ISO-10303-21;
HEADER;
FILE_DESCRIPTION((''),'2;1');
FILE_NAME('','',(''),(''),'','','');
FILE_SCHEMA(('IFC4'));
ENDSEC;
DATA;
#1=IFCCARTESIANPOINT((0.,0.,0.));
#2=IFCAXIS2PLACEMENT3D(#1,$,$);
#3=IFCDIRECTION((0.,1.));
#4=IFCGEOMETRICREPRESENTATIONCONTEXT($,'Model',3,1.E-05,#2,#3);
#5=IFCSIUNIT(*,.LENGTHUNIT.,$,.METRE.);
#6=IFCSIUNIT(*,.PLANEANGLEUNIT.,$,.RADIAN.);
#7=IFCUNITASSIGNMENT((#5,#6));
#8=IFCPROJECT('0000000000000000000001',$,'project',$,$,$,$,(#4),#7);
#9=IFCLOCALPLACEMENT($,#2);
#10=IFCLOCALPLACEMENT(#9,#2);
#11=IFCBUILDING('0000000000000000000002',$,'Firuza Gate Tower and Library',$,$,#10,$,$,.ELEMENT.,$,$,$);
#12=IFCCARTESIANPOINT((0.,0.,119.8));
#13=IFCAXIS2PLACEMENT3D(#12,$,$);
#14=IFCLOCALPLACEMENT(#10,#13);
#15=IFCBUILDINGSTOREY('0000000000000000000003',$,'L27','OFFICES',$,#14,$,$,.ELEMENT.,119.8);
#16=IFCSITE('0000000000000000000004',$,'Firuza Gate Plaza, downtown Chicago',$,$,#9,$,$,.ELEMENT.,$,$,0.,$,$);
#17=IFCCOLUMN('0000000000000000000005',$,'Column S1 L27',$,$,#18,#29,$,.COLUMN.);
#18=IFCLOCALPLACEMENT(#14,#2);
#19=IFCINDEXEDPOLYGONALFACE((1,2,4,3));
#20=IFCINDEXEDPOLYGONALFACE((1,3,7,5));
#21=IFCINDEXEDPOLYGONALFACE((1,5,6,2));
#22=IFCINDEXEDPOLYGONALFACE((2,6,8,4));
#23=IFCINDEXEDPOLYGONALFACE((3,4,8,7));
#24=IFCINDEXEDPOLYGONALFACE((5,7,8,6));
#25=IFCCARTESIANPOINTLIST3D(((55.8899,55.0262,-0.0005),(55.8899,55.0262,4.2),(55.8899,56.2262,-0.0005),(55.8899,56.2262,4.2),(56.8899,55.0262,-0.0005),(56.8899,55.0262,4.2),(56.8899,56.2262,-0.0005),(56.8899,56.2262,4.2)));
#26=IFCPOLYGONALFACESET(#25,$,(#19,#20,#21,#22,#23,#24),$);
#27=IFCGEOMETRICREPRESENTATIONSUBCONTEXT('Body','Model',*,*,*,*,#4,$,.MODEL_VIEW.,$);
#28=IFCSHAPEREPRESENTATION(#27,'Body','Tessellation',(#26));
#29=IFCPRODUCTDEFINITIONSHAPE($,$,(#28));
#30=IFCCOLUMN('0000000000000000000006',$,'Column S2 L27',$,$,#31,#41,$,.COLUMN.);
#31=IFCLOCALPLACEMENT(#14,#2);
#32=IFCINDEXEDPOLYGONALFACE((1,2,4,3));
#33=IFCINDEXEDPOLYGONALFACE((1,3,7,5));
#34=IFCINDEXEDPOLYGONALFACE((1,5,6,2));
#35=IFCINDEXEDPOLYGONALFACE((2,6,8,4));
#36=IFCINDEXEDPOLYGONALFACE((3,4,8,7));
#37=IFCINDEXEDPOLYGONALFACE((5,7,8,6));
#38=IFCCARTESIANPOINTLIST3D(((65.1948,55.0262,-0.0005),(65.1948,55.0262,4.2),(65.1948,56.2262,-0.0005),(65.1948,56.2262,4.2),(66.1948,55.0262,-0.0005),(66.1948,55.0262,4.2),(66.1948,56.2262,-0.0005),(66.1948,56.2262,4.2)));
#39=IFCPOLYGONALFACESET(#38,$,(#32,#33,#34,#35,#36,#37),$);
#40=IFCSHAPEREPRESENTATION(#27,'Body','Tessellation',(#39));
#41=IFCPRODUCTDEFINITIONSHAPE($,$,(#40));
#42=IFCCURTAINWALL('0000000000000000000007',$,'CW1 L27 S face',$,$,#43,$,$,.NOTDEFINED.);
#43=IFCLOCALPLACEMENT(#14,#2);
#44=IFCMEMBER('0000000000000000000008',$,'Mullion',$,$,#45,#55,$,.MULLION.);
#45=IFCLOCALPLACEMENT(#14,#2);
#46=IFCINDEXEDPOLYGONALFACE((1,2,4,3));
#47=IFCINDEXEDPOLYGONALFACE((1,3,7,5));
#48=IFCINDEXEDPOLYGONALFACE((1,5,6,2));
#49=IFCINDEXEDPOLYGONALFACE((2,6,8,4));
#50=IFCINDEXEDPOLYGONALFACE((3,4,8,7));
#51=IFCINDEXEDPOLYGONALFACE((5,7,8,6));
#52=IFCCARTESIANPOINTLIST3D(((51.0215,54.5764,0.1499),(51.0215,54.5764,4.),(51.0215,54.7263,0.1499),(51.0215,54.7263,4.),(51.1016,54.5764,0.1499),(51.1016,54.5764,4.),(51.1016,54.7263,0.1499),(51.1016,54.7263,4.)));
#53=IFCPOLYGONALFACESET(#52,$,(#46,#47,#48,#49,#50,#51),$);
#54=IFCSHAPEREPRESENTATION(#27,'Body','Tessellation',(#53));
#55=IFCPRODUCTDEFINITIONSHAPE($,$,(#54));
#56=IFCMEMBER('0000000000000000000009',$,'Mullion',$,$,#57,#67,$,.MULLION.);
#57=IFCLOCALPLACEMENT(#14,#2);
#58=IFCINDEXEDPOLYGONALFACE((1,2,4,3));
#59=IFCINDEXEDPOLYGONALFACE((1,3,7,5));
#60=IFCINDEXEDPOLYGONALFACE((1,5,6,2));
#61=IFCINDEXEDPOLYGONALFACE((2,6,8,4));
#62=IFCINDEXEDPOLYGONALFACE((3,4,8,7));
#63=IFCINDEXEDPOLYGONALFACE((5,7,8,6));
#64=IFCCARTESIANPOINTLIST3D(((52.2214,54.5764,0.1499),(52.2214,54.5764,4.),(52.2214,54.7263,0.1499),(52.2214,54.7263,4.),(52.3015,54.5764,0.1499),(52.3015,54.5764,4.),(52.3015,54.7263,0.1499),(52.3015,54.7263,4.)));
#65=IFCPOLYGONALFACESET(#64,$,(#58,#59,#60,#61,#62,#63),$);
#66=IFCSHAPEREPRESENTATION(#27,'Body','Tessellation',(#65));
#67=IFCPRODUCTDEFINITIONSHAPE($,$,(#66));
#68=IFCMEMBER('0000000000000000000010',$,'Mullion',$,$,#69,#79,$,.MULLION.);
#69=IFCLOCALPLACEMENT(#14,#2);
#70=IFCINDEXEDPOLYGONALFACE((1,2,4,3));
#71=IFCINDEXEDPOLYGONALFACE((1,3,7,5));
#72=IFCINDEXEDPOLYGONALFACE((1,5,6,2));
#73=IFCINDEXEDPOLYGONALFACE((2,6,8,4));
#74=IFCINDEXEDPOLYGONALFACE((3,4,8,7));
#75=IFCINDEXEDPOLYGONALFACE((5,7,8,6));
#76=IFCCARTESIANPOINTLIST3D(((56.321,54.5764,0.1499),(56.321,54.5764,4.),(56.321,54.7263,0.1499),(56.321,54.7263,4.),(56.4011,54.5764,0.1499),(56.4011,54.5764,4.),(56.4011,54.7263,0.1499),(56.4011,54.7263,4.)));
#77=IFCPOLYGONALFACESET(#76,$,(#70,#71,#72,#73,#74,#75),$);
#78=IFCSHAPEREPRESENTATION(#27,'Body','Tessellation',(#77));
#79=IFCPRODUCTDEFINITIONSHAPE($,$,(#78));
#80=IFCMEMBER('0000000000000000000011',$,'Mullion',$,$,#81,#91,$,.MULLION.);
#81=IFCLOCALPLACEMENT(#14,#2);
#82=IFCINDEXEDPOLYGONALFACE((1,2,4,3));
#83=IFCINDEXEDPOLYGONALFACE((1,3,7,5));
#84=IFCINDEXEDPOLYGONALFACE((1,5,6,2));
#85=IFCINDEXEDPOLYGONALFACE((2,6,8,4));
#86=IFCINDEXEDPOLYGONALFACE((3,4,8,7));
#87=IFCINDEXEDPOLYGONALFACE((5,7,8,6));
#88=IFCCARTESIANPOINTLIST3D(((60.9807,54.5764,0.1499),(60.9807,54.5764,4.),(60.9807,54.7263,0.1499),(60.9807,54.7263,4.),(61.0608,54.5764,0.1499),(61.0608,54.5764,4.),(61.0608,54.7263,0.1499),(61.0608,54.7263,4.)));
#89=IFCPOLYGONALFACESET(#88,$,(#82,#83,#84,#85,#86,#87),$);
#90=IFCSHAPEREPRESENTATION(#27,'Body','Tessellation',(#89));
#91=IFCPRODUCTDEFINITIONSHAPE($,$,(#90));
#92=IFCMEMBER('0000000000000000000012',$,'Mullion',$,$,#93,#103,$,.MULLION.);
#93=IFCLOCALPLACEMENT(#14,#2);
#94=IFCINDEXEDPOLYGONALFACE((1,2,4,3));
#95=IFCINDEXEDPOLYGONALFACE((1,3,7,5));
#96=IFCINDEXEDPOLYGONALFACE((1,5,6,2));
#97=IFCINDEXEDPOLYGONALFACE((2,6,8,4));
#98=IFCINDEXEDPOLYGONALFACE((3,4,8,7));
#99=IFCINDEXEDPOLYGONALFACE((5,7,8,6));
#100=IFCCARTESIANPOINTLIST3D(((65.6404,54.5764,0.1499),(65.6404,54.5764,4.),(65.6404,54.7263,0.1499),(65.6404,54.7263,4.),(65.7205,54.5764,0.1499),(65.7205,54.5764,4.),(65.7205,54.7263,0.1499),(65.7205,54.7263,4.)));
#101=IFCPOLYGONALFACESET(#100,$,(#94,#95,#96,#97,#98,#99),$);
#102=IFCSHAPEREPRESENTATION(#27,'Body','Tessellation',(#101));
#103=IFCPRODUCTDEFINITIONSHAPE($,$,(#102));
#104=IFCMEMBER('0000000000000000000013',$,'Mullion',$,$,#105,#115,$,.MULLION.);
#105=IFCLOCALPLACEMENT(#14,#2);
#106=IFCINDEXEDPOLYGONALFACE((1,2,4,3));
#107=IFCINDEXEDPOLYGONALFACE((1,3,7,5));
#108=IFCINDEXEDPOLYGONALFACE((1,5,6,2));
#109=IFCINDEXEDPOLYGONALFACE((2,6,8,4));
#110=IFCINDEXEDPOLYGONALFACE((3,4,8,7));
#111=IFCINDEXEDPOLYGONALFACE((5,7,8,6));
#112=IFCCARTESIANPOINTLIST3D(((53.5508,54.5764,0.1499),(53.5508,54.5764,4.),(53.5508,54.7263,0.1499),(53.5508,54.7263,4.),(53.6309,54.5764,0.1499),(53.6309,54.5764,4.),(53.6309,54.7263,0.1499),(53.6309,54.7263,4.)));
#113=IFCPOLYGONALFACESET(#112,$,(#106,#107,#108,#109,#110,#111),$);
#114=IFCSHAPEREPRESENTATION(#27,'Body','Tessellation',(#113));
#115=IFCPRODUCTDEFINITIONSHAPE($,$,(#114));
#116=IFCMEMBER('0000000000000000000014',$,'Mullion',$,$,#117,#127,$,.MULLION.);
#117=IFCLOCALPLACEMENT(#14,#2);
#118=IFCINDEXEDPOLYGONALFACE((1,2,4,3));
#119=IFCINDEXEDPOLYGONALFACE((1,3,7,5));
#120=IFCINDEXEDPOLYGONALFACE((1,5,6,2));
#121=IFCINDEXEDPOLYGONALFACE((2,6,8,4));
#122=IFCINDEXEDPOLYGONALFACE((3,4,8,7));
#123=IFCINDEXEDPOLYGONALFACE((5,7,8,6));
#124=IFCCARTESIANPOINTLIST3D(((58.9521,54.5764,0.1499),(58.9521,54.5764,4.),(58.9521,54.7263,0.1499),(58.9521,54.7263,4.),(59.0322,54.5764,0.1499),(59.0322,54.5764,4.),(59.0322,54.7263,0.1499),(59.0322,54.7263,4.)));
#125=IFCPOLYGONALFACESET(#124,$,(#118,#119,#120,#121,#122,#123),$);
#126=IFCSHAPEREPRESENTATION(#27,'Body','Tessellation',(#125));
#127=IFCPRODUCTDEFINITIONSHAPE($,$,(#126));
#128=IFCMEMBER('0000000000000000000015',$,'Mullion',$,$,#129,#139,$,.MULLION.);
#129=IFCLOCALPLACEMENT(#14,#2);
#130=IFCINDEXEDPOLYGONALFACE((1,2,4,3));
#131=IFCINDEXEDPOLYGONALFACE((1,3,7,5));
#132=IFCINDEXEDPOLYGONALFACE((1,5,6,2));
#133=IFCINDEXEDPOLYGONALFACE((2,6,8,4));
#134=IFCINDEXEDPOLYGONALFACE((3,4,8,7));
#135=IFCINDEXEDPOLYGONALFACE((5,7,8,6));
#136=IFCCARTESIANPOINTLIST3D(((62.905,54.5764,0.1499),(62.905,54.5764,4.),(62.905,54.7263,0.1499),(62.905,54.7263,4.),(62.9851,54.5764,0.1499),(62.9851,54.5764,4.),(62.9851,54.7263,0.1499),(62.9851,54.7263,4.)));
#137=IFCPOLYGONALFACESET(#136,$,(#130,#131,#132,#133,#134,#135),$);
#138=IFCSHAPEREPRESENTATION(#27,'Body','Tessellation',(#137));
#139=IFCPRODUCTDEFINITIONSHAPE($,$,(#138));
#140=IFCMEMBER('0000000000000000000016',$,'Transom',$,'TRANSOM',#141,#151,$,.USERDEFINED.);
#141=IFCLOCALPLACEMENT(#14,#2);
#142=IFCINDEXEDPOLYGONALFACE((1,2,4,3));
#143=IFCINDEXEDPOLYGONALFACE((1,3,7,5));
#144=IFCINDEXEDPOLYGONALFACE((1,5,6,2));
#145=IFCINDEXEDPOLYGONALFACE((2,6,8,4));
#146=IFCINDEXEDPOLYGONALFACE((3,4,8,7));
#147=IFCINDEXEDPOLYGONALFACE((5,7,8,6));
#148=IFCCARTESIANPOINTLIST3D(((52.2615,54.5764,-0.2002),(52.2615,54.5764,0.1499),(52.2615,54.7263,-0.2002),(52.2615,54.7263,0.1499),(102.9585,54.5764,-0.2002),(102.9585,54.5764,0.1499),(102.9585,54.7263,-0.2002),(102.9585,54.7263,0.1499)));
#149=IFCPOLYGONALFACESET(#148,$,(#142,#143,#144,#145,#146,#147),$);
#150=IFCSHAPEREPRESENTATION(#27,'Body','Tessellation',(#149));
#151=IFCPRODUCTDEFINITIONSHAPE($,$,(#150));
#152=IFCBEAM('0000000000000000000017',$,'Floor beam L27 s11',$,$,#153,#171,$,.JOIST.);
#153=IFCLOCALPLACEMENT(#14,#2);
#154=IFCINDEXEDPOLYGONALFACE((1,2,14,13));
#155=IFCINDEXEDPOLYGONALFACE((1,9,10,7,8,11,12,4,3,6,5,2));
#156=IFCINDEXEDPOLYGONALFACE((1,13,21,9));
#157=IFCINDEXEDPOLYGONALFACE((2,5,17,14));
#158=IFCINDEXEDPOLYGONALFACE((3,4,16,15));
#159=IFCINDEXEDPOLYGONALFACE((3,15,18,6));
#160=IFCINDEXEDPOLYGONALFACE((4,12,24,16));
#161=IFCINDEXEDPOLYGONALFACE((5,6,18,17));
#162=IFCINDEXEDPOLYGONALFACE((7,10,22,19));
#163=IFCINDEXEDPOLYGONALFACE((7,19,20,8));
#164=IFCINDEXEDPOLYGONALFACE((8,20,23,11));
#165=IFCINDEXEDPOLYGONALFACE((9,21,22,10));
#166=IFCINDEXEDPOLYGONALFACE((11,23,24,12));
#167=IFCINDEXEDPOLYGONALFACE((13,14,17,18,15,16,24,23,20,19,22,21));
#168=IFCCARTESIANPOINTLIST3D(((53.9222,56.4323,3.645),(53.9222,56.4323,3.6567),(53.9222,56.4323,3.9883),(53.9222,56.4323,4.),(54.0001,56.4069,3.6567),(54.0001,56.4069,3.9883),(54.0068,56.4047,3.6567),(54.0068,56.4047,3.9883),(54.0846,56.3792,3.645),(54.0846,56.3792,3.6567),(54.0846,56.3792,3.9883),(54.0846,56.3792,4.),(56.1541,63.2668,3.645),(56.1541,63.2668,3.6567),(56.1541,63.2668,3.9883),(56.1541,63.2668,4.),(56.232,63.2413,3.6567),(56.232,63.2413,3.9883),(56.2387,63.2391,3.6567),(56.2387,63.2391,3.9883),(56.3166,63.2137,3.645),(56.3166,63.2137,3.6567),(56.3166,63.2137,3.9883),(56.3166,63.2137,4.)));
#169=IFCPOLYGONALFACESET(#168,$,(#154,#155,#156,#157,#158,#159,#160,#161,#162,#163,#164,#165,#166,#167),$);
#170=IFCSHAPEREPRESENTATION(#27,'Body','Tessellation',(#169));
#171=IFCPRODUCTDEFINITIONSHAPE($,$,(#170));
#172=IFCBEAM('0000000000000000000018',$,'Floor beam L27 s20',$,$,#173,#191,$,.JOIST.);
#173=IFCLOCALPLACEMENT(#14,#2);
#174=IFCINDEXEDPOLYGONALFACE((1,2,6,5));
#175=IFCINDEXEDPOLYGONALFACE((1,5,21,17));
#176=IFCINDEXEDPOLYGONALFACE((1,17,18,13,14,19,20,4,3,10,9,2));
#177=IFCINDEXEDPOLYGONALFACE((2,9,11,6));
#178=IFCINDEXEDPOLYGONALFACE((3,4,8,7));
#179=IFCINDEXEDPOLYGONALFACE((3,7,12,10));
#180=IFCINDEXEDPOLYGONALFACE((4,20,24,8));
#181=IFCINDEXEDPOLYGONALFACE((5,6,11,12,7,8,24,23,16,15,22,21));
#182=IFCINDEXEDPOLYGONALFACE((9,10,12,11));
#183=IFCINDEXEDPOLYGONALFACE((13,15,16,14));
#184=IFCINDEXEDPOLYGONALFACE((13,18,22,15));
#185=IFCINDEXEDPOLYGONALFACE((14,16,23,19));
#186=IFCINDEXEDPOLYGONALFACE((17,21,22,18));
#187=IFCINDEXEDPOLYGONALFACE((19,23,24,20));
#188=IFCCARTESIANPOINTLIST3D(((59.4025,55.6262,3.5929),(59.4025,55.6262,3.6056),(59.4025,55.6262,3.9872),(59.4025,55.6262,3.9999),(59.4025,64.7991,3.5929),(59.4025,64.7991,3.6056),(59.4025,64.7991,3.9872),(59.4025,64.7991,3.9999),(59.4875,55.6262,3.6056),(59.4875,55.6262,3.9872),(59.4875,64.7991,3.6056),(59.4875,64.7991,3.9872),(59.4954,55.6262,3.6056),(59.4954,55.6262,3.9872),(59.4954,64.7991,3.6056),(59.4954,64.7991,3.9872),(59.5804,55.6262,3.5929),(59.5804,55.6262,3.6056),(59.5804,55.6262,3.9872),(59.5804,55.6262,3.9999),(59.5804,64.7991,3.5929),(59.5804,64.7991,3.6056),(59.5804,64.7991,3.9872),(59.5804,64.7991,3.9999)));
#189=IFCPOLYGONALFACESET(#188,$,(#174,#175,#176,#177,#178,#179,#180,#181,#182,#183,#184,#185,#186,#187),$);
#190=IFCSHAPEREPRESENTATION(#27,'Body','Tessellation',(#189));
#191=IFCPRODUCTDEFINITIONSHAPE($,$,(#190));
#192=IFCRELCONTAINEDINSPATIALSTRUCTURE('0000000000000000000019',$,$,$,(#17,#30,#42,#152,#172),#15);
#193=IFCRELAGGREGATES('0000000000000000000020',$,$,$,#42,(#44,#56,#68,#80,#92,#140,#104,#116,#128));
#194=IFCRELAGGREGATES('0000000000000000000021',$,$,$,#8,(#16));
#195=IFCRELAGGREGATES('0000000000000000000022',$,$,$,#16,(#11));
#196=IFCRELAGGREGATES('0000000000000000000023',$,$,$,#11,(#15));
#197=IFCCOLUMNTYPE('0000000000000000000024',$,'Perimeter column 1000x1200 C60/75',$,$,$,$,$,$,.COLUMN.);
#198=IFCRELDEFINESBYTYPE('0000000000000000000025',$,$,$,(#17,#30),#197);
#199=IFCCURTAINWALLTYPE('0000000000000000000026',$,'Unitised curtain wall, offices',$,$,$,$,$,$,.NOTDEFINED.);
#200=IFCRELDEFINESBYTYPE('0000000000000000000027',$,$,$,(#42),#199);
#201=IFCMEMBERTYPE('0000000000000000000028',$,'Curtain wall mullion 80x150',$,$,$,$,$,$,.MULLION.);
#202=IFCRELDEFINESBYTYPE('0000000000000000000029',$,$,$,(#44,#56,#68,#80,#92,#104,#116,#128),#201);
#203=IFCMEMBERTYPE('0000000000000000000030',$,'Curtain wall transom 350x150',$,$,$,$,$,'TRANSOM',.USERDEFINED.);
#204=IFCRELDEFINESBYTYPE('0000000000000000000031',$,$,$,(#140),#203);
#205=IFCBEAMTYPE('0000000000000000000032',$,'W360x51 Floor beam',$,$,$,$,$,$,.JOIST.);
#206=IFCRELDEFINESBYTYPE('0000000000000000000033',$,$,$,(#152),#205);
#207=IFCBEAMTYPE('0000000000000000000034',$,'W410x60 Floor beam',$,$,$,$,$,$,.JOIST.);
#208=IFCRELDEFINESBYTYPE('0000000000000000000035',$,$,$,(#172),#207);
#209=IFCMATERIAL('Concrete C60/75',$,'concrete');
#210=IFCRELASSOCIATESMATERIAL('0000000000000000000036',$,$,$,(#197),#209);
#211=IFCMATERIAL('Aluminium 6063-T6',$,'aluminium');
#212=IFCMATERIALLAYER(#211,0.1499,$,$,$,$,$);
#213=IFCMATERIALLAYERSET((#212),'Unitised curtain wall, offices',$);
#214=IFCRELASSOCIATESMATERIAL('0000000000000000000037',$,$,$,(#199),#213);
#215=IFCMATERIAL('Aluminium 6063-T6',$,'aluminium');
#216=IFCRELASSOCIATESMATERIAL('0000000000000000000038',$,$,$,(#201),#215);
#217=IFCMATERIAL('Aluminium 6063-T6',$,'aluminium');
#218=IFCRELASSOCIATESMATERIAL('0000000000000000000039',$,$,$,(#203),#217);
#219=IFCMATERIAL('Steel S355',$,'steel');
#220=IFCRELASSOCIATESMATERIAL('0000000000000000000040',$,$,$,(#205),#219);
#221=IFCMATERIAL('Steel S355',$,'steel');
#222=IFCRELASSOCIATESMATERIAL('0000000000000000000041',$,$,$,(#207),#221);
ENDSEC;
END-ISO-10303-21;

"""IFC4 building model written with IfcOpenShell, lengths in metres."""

from ifc_helpers import new_model, si_unit, direction, frame, origin, origin_2d, place, context, subcontext, project, spatial, rectangle, i_section, extrude, material, layer, layer_set, material_profile, profile_set, type_object, element, aggregate, save


model = new_model("IFC4")

# Units and contexts
model_context = context("Model", 3, precision=1e-05, world=origin(), true_north=direction((0.0, 1.0)))
body_context = subcontext(model_context, "Body", "Model", "MODEL_VIEW")
ifc_project = project(units=[si_unit("LENGTHUNIT", "METRE"), si_unit("PLANEANGLEUNIT", "RADIAN")], contexts=[model_context])

# Site, building, storey
site_placement = place(None, origin())
site = spatial("IfcSite", under=ifc_project, at=site_placement, Name="Firuza Gate Plaza, downtown Chicago", CompositionType="ELEMENT", RefElevation=0.0)
building_placement = place(site_placement, origin())
building = spatial("IfcBuilding", under=site, at=building_placement, Name="Firuza Gate Tower and Library", CompositionType="ELEMENT")
storey_placement = place(building_placement, frame((0.0, 0.0, 119.8)))
storey = spatial("IfcBuildingStorey", under=building, at=storey_placement, Name="L27", Description="OFFICES", CompositionType="ELEMENT", Elevation=119.8)

# Columns
ifc_material_1 = material(Name="Concrete C60/75", Category="concrete")
ifc_material_profile_1 = material_profile(ifc_material_1, rectangle(XDim=1.0, YDim=1.2, at=origin_2d()))
ifc_profile_set_1 = profile_set([ifc_material_profile_1], Name="Concrete C60/75")
column_type = type_object("IfcColumnType", Name="Perimeter column 1000x1200 C60/75", PredefinedType="COLUMN", material=ifc_profile_set_1)
for number, where, z_axis, x_axis, name in (
    (1, (56.3899, 55.6262, -0.0005), (0.0, 0.0, 1.0), (1.0, 0.0, 0.0), "Column S1 L27"),
    (2, (65.6948, 55.6262, -0.0005), (0.0, 0.0, 1.0), (1.0, 0.0, 0.0), "Column S2 L27"),
):
    element("IfcColumn", number, at=place(storey_placement, frame(where, z_axis=z_axis, x_axis=x_axis)), inside=storey, type_object=column_type, Name=name, PredefinedType="COLUMN", context=body_context, shape_type="SweptSolid", body=[
        extrude(rectangle(XDim=1.0, YDim=1.2, at=origin_2d()), origin(), (0.0, 0.0, 1.0), 4.2004),
    ])

# Curtain wall, members
ifc_material_2 = material(Name="Aluminium 6063-T6", Category="aluminium")
ifc_layer_1 = layer(ifc_material_2, 0.1499)
ifc_layer_set_1 = layer_set([ifc_layer_1], Name="Unitised curtain wall, offices")
curtain_wall_type = type_object("IfcCurtainWallType", Name="Unitised curtain wall, offices", PredefinedType="NOTDEFINED", material=ifc_layer_set_1)
curtain_wall_placement = place(storey_placement, origin())
curtain_wall = element("IfcCurtainWall", 3, at=curtain_wall_placement, inside=storey, type_object=curtain_wall_type, Name="CW1 L27 S face", PredefinedType="NOTDEFINED")
ifc_material_3 = material(Name="Aluminium 6063-T6", Category="aluminium")
ifc_material_profile_2 = material_profile(ifc_material_3, rectangle(XDim=0.1499, YDim=0.0801, at=origin_2d()))
ifc_profile_set_2 = profile_set([ifc_material_profile_2], Name="Aluminium 6063-T6")
member_type_1 = type_object("IfcMemberType", Name="Curtain wall mullion 80x150", PredefinedType="MULLION", material=ifc_profile_set_2)
member_1_placement = place(storey_placement, frame((51.0615, 54.6514, 0.1499), z_axis=(0.0, 0.0, 1.0), x_axis=(0.0, 1.0, 0.0)))
member_1 = element("IfcMember", 4, at=member_1_placement, type_object=member_type_1, Name="Mullion", PredefinedType="MULLION", context=body_context, shape_type="SweptSolid", body=[
    extrude(rectangle(XDim=0.1499, YDim=0.0801, at=origin_2d()), origin(), (0.0, 0.0, 1.0), 3.8501),
])
member_2_placement = place(storey_placement, frame((52.2615, 54.6514, 0.1499), z_axis=(0.0, 0.0, 1.0), x_axis=(0.0, 1.0, 0.0)))
member_2 = element("IfcMember", 5, at=member_2_placement, type_object=member_type_1, Name="Mullion", PredefinedType="MULLION", context=body_context, shape_type="SweptSolid", body=[
    extrude(rectangle(XDim=0.1499, YDim=0.0801, at=origin_2d()), origin(), (0.0, 0.0, 1.0), 3.8501),
])
member_3_placement = place(storey_placement, frame((56.3611, 54.6514, 0.1499), z_axis=(0.0, 0.0, 1.0), x_axis=(0.0, 1.0, 0.0)))
member_3 = element("IfcMember", 6, at=member_3_placement, type_object=member_type_1, Name="Mullion", PredefinedType="MULLION", context=body_context, shape_type="SweptSolid", body=[
    extrude(rectangle(XDim=0.1499, YDim=0.0801, at=origin_2d()), origin(), (0.0, 0.0, 1.0), 3.8501),
])
member_4_placement = place(storey_placement, frame((61.0208, 54.6514, 0.1499), z_axis=(0.0, 0.0, 1.0), x_axis=(0.0, 1.0, 0.0)))
member_4 = element("IfcMember", 7, at=member_4_placement, type_object=member_type_1, Name="Mullion", PredefinedType="MULLION", context=body_context, shape_type="SweptSolid", body=[
    extrude(rectangle(XDim=0.1499, YDim=0.0801, at=origin_2d()), origin(), (0.0, 0.0, 1.0), 3.8501),
])
member_5_placement = place(storey_placement, frame((65.6804, 54.6514, 0.1499), z_axis=(0.0, 0.0, 1.0), x_axis=(0.0, 1.0, 0.0)))
member_5 = element("IfcMember", 8, at=member_5_placement, type_object=member_type_1, Name="Mullion", PredefinedType="MULLION", context=body_context, shape_type="SweptSolid", body=[
    extrude(rectangle(XDim=0.1499, YDim=0.0801, at=origin_2d()), origin(), (0.0, 0.0, 1.0), 3.8501),
])
member_6_placement = place(storey_placement, frame((53.5908, 54.6514, 0.1499), z_axis=(0.0, 0.0, 1.0), x_axis=(0.0, 1.0, 0.0)))
member_6 = element("IfcMember", 9, at=member_6_placement, type_object=member_type_1, Name="Mullion", PredefinedType="MULLION", context=body_context, shape_type="SweptSolid", body=[
    extrude(rectangle(XDim=0.1499, YDim=0.0801, at=origin_2d()), origin(), (0.0, 0.0, 1.0), 3.8501),
])
member_7_placement = place(storey_placement, frame((58.9922, 54.6514, 0.1499), z_axis=(0.0, 0.0, 1.0), x_axis=(0.0, 1.0, 0.0)))
member_7 = element("IfcMember", 10, at=member_7_placement, type_object=member_type_1, Name="Mullion", PredefinedType="MULLION", context=body_context, shape_type="SweptSolid", body=[
    extrude(rectangle(XDim=0.1499, YDim=0.0801, at=origin_2d()), origin(), (0.0, 0.0, 1.0), 3.8501),
])
member_8_placement = place(storey_placement, frame((62.9451, 54.6514, 0.1499), z_axis=(0.0, 0.0, 1.0), x_axis=(0.0, 1.0, 0.0)))
member_8 = element("IfcMember", 11, at=member_8_placement, type_object=member_type_1, Name="Mullion", PredefinedType="MULLION", context=body_context, shape_type="SweptSolid", body=[
    extrude(rectangle(XDim=0.1499, YDim=0.0801, at=origin_2d()), origin(), (0.0, 0.0, 1.0), 3.8501),
])
ifc_material_4 = material(Name="Aluminium 6063-T6", Category="aluminium")
ifc_material_profile_3 = material_profile(ifc_material_4, rectangle(XDim=0.1499, YDim=0.3501, at=origin_2d()))
ifc_profile_set_3 = profile_set([ifc_material_profile_3], Name="Aluminium 6063-T6")
member_type_2 = type_object("IfcMemberType", Name="Curtain wall transom 350x150", ElementType="TRANSOM", PredefinedType="USERDEFINED", material=ifc_profile_set_3)
member_9_placement = place(storey_placement, frame((52.2615, 54.6514, -0.0251), z_axis=(1.0, 0.0, 0.0), x_axis=(0.0, 1.0, 0.0)))
member_9 = element("IfcMember", 12, at=member_9_placement, type_object=member_type_2, Name="Transom", ObjectType="TRANSOM", PredefinedType="USERDEFINED", context=body_context, shape_type="SweptSolid", body=[
    extrude(rectangle(XDim=0.1499, YDim=0.3501, at=origin_2d()), origin(), (0.0, 0.0, 1.0), 50.697),
])

# Beams
ifc_material_5 = material(Name="Steel S355", Category="steel")
ifc_material_profile_4 = material_profile(ifc_material_5, i_section(OverallWidth=0.1709, OverallDepth=0.355, WebThickness=0.0071, FlangeThickness=0.0117, at=origin_2d()))
ifc_profile_set_4 = profile_set([ifc_material_profile_4], Name="Steel S355")
beam_type_1 = type_object("IfcBeamType", Name="W360x51 Floor beam", PredefinedType="JOIST", material=ifc_profile_set_4)
beam_1_placement = place(storey_placement, frame((54.0034, 56.4058, 3.8225), z_axis=(0.310436, 0.950594, 0.0), x_axis=(-0.950594, 0.310436, 0.0)))
element("IfcBeam", 13, at=beam_1_placement, inside=storey, type_object=beam_type_1, Name="Floor beam L27 s11", PredefinedType="JOIST", context=body_context, shape_type="SweptSolid", body=[
    extrude(i_section(OverallWidth=0.1709, OverallDepth=0.355, WebThickness=0.0071, FlangeThickness=0.0117, at=origin_2d()), origin(), (0.0, 0.0, 1.0), 7.1897),
])
ifc_material_6 = material(Name="Steel S355", Category="steel")
ifc_material_profile_5 = material_profile(ifc_material_6, i_section(OverallWidth=0.178, OverallDepth=0.407, WebThickness=0.0078, FlangeThickness=0.0127, at=origin_2d()))
ifc_profile_set_5 = profile_set([ifc_material_profile_5], Name="Steel S355")
beam_type_2 = type_object("IfcBeamType", Name="W410x60 Floor beam", PredefinedType="JOIST", material=ifc_profile_set_5)
beam_2_placement = place(storey_placement, frame((59.4915, 55.6262, 3.7964), z_axis=(0.0, 1.0, 0.0), x_axis=(-1.0, 0.0, 0.0)))
element("IfcBeam", 14, at=beam_2_placement, inside=storey, type_object=beam_type_2, Name="Floor beam L27 s20", PredefinedType="JOIST", context=body_context, shape_type="SweptSolid", body=[
    extrude(i_section(OverallWidth=0.178, OverallDepth=0.407, WebThickness=0.0078, FlangeThickness=0.0127, at=origin_2d()), origin(), (0.0, 0.0, 1.0), 9.1729),
])

aggregate(curtain_wall, [member_1, member_2, member_3, member_4, member_5, member_9, member_6, member_7, member_8])

save(model, "model.ifc")
